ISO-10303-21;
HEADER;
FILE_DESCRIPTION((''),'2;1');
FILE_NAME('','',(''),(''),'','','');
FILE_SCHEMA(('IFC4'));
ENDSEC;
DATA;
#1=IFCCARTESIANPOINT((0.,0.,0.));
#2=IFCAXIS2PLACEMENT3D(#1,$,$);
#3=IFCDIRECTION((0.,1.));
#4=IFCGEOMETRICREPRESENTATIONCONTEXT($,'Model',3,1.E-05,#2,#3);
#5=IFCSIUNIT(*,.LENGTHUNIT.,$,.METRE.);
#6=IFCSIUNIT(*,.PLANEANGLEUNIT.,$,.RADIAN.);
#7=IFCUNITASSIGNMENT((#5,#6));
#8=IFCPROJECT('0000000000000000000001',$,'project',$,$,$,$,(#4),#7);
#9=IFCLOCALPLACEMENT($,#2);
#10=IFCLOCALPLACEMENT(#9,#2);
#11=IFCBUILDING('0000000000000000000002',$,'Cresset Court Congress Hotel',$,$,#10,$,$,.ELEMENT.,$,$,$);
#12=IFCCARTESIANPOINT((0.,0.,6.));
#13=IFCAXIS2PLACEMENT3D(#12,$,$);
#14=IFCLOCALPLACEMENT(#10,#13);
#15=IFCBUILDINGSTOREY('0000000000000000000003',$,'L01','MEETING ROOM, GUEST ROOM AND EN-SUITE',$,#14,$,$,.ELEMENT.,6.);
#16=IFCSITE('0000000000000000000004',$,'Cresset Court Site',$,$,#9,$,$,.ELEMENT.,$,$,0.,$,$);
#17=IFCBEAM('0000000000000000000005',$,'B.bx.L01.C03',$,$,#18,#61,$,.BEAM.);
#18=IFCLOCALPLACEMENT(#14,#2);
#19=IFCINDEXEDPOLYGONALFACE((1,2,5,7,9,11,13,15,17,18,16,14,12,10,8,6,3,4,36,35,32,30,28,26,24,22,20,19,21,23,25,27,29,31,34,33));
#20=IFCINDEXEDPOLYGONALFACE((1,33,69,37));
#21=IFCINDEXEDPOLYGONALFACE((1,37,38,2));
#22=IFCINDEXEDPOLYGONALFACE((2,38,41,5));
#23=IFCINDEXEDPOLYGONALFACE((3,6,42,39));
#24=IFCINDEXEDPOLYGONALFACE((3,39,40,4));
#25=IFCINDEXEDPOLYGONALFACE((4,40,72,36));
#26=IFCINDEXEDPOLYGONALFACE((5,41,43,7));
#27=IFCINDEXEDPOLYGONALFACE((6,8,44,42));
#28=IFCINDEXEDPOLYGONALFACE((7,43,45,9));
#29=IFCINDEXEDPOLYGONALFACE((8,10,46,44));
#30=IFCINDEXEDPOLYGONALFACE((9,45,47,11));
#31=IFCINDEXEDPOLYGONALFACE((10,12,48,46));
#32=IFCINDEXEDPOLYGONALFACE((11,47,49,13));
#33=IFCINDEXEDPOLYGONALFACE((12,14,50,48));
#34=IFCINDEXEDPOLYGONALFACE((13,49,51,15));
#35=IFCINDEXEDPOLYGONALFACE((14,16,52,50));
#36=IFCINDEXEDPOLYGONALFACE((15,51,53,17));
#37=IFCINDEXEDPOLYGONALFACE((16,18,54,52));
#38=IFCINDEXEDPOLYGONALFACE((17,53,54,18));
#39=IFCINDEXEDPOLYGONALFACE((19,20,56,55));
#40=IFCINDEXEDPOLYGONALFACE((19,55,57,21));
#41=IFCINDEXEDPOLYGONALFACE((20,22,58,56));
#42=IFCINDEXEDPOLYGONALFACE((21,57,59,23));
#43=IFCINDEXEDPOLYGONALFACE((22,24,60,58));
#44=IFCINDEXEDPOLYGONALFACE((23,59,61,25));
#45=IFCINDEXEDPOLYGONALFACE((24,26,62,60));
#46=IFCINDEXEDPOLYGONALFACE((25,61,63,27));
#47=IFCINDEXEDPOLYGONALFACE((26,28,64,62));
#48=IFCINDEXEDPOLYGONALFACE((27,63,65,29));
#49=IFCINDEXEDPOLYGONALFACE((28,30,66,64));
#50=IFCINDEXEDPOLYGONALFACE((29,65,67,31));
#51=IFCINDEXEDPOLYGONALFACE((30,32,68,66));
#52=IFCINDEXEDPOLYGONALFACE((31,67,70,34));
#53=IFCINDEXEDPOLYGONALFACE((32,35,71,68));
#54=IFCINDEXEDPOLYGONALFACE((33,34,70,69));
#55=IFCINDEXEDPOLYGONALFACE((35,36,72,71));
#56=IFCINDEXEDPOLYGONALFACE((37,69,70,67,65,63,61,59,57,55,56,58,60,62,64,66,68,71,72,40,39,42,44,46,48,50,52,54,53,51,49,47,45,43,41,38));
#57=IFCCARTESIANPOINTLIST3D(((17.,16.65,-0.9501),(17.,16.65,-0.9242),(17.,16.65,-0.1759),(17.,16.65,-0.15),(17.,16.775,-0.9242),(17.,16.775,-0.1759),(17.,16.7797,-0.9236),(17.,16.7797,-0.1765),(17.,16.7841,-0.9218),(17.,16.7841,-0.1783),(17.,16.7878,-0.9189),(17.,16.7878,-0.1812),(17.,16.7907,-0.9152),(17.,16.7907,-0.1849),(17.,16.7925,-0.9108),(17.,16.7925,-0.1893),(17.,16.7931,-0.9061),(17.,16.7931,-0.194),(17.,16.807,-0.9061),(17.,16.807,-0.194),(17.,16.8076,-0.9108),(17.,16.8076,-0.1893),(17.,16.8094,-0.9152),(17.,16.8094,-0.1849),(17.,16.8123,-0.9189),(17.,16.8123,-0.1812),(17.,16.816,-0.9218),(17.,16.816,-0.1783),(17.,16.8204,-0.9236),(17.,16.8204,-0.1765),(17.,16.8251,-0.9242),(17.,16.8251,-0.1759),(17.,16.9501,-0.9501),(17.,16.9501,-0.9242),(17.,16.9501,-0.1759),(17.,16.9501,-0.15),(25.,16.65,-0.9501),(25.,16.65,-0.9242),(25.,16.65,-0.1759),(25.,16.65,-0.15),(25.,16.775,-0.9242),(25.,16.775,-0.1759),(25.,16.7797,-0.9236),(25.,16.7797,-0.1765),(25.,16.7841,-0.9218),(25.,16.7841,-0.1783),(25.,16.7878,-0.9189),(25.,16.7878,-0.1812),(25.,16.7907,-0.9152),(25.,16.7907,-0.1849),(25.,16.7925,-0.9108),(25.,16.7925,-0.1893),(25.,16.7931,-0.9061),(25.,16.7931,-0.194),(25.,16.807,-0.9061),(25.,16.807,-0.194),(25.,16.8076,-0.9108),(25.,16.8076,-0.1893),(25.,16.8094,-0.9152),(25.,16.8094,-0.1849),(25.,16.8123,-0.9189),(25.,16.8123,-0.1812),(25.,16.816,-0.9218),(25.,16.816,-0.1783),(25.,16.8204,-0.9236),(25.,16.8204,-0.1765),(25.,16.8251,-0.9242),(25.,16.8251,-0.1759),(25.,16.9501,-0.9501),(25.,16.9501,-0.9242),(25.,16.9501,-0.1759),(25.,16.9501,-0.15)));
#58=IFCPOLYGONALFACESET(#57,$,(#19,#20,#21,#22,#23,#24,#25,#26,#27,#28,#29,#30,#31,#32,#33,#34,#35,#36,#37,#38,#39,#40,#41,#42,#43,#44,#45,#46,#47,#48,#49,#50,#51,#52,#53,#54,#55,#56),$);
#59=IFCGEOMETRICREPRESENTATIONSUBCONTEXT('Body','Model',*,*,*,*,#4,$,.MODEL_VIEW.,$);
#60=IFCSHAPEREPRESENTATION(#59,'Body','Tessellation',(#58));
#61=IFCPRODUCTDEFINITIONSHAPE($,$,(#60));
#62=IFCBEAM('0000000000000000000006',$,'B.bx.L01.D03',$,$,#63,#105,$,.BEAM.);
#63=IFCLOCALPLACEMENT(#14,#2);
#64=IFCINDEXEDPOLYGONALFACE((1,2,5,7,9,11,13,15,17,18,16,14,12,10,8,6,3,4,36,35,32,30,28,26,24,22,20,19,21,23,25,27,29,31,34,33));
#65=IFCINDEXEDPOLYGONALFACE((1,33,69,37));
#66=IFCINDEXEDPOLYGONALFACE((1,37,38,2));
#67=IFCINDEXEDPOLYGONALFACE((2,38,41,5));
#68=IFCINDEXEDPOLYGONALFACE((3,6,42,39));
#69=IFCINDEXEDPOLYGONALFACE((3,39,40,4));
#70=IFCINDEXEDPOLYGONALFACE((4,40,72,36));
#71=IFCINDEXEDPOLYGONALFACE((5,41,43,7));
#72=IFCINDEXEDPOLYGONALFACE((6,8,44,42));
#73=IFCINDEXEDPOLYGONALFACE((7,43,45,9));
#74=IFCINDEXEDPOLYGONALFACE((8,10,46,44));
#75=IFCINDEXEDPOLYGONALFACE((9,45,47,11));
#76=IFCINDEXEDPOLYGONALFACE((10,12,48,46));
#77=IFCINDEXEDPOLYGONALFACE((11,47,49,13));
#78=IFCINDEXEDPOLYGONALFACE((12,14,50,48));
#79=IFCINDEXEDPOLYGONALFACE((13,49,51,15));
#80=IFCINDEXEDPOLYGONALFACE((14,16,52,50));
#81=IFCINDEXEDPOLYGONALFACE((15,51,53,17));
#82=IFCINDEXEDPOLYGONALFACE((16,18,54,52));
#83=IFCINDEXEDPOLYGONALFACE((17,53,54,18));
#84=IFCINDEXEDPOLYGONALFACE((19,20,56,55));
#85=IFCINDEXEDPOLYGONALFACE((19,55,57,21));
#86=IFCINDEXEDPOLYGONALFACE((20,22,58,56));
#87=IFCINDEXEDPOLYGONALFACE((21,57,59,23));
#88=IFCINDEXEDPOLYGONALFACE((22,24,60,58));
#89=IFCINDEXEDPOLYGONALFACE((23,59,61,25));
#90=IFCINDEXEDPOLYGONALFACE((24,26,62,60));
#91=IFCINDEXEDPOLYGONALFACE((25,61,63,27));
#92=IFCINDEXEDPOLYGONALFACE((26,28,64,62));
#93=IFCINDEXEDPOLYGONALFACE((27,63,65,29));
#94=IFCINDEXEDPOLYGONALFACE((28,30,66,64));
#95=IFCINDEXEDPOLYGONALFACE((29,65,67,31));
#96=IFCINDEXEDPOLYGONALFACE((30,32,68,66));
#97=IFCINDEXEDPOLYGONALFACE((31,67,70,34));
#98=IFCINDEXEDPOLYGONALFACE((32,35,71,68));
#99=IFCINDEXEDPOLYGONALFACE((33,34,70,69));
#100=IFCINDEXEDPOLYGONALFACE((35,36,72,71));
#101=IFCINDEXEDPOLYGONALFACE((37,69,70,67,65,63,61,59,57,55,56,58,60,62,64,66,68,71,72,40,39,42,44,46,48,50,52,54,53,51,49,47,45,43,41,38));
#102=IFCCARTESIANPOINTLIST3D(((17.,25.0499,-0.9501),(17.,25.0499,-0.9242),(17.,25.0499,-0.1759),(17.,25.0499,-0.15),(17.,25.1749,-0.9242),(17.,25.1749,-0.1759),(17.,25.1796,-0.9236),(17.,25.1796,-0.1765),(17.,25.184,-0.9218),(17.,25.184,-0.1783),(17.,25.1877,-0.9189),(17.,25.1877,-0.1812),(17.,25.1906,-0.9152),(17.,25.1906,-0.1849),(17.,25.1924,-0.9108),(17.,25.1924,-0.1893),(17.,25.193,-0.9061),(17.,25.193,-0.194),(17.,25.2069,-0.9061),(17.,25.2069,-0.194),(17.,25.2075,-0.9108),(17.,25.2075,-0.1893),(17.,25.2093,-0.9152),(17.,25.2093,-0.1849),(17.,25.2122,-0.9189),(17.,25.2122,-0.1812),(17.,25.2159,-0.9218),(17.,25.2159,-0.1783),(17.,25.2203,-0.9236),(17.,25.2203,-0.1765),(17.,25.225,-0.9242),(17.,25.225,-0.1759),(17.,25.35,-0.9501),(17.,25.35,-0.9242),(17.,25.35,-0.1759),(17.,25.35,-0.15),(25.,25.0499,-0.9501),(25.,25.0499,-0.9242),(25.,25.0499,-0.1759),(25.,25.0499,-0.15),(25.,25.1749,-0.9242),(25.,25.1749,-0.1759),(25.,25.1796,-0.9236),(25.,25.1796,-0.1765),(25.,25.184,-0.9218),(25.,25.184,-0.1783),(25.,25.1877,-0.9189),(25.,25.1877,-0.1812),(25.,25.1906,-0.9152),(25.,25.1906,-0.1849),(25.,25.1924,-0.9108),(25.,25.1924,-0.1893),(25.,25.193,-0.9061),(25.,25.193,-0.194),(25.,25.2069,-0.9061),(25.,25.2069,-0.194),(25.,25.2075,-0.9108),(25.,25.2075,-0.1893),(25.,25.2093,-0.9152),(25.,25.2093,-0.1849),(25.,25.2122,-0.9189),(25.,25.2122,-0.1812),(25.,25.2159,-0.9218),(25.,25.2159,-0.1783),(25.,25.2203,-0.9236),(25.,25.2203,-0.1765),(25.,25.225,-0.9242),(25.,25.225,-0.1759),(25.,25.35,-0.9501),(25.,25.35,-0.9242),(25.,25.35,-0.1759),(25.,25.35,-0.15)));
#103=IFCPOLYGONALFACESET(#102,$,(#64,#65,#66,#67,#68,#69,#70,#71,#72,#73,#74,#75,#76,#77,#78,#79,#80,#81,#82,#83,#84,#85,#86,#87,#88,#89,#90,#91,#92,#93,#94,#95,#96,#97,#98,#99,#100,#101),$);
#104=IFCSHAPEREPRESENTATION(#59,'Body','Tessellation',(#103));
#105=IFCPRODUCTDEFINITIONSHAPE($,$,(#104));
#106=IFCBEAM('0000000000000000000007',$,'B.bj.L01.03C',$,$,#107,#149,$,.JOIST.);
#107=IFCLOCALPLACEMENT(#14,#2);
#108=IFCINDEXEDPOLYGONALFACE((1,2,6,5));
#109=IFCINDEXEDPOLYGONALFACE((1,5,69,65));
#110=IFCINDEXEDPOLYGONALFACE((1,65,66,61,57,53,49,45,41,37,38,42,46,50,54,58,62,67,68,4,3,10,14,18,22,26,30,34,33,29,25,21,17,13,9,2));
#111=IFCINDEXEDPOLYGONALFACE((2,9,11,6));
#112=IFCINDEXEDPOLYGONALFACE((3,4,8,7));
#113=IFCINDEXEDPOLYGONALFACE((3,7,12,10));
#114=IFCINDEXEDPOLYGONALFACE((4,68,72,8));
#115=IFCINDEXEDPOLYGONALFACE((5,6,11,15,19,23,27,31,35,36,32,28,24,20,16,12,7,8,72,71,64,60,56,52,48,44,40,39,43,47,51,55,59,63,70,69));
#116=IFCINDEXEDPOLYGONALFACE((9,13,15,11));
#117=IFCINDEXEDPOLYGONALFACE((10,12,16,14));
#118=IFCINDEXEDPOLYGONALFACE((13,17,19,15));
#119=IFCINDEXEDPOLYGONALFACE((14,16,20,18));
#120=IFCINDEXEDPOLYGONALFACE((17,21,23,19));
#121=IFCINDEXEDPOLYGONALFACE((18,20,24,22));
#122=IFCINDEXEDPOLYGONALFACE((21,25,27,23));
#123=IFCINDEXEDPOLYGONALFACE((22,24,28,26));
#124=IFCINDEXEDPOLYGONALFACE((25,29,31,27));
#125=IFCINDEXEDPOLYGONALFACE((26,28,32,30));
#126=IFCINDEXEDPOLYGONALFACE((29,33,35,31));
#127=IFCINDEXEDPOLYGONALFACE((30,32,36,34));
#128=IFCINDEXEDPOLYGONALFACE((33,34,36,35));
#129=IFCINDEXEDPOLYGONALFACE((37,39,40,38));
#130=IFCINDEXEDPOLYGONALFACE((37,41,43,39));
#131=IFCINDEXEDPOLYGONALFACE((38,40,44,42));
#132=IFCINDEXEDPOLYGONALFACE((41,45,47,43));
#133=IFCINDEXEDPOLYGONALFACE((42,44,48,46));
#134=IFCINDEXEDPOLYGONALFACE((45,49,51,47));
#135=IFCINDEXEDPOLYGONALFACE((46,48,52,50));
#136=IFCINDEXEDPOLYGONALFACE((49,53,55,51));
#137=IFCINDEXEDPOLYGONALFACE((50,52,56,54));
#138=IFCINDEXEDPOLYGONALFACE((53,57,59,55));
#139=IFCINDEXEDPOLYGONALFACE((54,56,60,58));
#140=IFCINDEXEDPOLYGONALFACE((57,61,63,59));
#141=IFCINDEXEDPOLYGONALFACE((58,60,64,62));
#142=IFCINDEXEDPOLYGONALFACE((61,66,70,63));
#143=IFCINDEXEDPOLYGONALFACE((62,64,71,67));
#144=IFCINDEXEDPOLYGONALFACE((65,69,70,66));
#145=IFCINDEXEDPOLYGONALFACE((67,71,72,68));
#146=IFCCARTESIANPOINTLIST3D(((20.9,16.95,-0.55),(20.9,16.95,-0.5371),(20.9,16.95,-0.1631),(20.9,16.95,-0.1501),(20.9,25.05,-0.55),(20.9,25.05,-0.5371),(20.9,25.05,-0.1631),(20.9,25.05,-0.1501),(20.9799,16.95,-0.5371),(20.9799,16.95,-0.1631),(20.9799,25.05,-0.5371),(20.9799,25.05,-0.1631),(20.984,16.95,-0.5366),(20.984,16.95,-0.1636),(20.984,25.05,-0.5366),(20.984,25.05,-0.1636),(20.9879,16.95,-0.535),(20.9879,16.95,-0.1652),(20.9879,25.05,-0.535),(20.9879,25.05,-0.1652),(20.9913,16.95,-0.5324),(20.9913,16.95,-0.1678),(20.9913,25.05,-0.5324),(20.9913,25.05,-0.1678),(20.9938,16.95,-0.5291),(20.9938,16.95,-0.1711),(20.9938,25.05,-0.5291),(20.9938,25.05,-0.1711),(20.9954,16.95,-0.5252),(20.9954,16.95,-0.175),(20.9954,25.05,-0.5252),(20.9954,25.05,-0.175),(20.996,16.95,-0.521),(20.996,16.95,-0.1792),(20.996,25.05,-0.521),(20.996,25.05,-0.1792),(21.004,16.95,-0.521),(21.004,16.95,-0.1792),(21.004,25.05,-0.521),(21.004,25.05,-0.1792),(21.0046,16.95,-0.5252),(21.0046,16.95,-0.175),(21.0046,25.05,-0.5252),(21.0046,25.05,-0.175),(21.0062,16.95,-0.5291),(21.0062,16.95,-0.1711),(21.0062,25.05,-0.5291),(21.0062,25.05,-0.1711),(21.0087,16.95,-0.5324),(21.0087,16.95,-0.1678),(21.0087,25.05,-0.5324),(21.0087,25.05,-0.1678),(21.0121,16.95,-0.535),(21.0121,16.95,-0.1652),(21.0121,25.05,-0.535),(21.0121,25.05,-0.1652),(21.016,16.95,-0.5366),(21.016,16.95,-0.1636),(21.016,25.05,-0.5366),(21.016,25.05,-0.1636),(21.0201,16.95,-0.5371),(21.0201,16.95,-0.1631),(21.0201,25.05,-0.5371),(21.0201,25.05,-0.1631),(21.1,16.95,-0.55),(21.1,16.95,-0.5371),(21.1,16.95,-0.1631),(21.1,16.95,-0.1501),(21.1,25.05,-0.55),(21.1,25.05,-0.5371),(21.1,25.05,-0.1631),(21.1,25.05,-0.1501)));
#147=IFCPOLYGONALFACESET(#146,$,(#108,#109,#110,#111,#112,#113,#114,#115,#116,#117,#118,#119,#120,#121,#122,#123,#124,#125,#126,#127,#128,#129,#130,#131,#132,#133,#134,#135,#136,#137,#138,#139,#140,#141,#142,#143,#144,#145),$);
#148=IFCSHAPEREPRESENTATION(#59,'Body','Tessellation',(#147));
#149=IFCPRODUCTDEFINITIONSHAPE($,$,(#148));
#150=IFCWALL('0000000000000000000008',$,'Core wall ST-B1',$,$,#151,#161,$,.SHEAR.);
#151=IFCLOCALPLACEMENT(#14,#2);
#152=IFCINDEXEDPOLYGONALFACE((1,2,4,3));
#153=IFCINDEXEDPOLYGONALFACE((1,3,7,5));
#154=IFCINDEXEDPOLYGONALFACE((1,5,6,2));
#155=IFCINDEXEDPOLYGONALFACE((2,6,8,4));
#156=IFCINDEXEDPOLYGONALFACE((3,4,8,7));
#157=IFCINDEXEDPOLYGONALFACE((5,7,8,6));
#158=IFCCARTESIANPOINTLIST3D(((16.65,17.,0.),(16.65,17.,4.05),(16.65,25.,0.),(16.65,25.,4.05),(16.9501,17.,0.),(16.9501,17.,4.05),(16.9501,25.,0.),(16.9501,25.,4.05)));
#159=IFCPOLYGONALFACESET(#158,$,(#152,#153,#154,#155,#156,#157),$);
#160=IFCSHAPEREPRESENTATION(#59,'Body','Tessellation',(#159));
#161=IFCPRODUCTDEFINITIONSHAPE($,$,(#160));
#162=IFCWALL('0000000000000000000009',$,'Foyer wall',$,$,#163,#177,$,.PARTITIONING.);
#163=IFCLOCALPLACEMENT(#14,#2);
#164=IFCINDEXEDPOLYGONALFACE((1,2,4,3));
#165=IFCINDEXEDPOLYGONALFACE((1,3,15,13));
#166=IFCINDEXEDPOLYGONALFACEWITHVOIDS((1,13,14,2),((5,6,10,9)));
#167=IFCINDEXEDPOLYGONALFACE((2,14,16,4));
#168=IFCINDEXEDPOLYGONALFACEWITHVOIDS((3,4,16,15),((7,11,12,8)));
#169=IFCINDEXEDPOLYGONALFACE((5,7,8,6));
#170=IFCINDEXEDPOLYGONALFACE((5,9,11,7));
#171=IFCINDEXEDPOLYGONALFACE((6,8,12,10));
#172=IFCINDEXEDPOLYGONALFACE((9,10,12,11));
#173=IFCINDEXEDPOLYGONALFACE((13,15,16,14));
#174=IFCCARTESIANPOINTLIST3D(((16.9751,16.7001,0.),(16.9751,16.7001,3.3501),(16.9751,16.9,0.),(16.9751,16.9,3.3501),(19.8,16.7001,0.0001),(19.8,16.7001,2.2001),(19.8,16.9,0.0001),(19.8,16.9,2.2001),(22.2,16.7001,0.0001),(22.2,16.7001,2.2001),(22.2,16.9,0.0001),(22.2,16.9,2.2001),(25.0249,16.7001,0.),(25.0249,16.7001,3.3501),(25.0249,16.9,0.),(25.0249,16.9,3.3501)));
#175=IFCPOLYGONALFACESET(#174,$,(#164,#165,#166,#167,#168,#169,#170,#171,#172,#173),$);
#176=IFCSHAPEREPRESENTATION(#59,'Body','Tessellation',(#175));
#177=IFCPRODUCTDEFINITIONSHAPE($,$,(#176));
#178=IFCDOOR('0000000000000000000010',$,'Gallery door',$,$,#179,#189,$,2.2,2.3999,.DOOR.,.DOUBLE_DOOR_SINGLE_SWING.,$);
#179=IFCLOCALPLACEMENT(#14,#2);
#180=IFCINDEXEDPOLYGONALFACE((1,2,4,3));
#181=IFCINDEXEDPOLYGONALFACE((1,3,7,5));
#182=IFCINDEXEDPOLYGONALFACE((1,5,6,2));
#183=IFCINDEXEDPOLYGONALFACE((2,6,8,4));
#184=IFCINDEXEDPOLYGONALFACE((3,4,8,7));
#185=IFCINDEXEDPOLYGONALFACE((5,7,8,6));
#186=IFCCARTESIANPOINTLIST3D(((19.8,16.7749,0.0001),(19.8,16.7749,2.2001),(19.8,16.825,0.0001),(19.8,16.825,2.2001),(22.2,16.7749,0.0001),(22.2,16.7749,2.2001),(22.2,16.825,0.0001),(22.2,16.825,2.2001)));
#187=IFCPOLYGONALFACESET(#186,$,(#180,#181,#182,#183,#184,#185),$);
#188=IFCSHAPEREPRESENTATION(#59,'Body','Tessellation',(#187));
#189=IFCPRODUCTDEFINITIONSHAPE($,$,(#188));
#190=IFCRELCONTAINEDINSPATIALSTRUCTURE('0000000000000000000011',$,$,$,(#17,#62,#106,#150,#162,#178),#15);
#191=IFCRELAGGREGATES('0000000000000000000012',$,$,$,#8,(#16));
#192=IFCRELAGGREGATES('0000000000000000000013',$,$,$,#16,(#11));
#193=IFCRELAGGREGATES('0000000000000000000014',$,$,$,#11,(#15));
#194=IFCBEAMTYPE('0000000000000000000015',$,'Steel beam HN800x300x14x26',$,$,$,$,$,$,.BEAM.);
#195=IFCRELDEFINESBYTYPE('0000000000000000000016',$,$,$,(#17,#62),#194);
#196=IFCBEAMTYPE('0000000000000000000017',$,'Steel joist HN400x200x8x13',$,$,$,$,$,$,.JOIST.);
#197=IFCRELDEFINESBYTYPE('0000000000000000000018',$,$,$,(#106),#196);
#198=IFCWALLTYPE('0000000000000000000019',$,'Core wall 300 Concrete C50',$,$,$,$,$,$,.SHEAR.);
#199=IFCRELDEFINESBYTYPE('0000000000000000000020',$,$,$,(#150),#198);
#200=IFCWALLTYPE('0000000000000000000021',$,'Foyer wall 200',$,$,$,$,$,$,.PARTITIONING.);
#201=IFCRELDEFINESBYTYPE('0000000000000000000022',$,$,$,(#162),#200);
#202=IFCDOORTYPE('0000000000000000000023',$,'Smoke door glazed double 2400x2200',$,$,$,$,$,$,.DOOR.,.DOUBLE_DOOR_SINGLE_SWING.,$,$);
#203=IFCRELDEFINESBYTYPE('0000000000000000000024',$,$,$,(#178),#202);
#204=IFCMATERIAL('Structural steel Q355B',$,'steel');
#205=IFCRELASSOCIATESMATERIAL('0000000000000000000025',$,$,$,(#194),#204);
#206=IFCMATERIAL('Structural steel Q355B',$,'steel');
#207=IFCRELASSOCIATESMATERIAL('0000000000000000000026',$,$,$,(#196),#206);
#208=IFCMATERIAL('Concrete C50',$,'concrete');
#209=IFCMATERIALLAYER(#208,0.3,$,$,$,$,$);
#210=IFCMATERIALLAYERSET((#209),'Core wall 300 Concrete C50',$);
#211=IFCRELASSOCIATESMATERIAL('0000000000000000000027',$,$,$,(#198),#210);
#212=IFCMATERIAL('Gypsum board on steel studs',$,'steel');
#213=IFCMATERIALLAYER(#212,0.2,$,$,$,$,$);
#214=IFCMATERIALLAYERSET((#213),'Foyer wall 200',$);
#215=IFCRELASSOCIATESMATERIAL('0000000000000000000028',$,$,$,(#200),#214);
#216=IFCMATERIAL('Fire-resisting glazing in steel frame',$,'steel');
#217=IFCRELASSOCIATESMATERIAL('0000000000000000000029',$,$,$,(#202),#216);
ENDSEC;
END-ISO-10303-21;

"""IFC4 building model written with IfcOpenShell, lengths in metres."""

from ifc_helpers import new_model, si_unit, direction, frame, frame_2d, origin, origin_2d, place, context, subcontext, project, spatial, rectangle, i_section, extrude, material, layer, layer_set, material_profile, profile_set, type_object, element, fill, save


model = new_model("IFC4")

# Units and contexts
model_context = context("Model", 3, precision=1e-05, world=origin(), true_north=direction((0.0, 1.0)))
body_context = subcontext(model_context, "Body", "Model", "MODEL_VIEW")
ifc_project = project(units=[si_unit("LENGTHUNIT", "METRE"), si_unit("PLANEANGLEUNIT", "RADIAN")], contexts=[model_context])

# Site, building, storey
site_placement = place(None, origin())
site = spatial("IfcSite", under=ifc_project, at=site_placement, Name="Cresset Court Site", CompositionType="ELEMENT", RefElevation=0.0)
building_placement = place(site_placement, origin())
building = spatial("IfcBuilding", under=site, at=building_placement, Name="Cresset Court Congress Hotel", CompositionType="ELEMENT")
storey_placement = place(building_placement, frame((0.0, 0.0, 6.0)))
storey = spatial("IfcBuildingStorey", under=building, at=storey_placement, Name="L01", Description="MEETING ROOM, GUEST ROOM AND EN-SUITE", CompositionType="ELEMENT", Elevation=6.0)

# Beams
ifc_material_1 = material(Name="Structural steel Q355B", Category="steel")
ifc_material_profile_1 = material_profile(ifc_material_1, i_section(OverallWidth=0.3, OverallDepth=0.8, WebThickness=0.0139, FlangeThickness=0.0259, FilletRadius=0.0181, at=origin_2d()), Name="HN800x300x14x26")
ifc_profile_set_1 = profile_set([ifc_material_profile_1], Name="Structural steel Q355B")
beam_type_1 = type_object("IfcBeamType", Name="Steel beam HN800x300x14x26", PredefinedType="BEAM", material=ifc_profile_set_1)
for number, where, z_axis, x_axis, name in (
    (1, (17.0, 16.8, -0.55), (1.0, 0.0, 0.0), (0.0, 1.0, 0.0), "B.bx.L01.C03"),
    (2, (17.0, 25.2, -0.55), (1.0, 0.0, 0.0), (0.0, 1.0, 0.0), "B.bx.L01.D03"),
):
    element("IfcBeam", number, at=place(storey_placement, frame(where, z_axis=z_axis, x_axis=x_axis)), inside=storey, type_object=beam_type_1, Name=name, PredefinedType="BEAM", context=body_context, shape_type="SweptSolid", body=[
        extrude(i_section(OverallWidth=0.3, OverallDepth=0.8, WebThickness=0.0139, FlangeThickness=0.0259, FilletRadius=0.0181, at=origin_2d()), origin(), (0.0, 0.0, 1.0), 8.0),
    ])
ifc_material_2 = material(Name="Structural steel Q355B", Category="steel")
ifc_material_profile_2 = material_profile(ifc_material_2, i_section(OverallWidth=0.2, OverallDepth=0.3999, WebThickness=0.0081, FlangeThickness=0.0129, FilletRadius=0.0161, at=origin_2d()), Name="HN400x200x8x13")
ifc_profile_set_2 = profile_set([ifc_material_profile_2], Name="Structural steel Q355B")
beam_type_2 = type_object("IfcBeamType", Name="Steel joist HN400x200x8x13", PredefinedType="JOIST", material=ifc_profile_set_2)
beam_1_placement = place(storey_placement, frame((21.0, 16.95, -0.3501), z_axis=(0.0, 1.0, 0.0), x_axis=(-1.0, 0.0, 0.0)))
element("IfcBeam", 3, at=beam_1_placement, inside=storey, type_object=beam_type_2, Name="B.bj.L01.03C", PredefinedType="JOIST", context=body_context, shape_type="SweptSolid", body=[
    extrude(i_section(OverallWidth=0.2, OverallDepth=0.3999, WebThickness=0.0081, FlangeThickness=0.0129, FilletRadius=0.0161, at=origin_2d()), origin(), (0.0, 0.0, 1.0), 8.1001),
])

# Wall
ifc_material_3 = material(Name="Concrete C50", Category="concrete")
ifc_layer_1 = layer(ifc_material_3, 0.3)
ifc_layer_set_1 = layer_set([ifc_layer_1], Name="Core wall 300 Concrete C50")
wall_type_1 = type_object("IfcWallType", Name="Core wall 300 Concrete C50", PredefinedType="SHEAR", material=ifc_layer_set_1)
wall_1_placement = place(storey_placement, frame((16.8, 17.0, 0.0), z_axis=(0.0, 0.0, 1.0), x_axis=(0.0, 1.0, 0.0)))
element("IfcWall", 4, at=wall_1_placement, inside=storey, type_object=wall_type_1, Name="Core wall ST-B1", PredefinedType="SHEAR", context=body_context, shape_type="SweptSolid", body=[
    extrude(rectangle(XDim=8.0, YDim=0.3, at=frame_2d((4.0, 0.0))), origin(), (0.0, 0.0, 1.0), 4.05),
])

# Wall, opening, door
ifc_material_4 = material(Name="Gypsum board on steel studs", Category="steel")
ifc_layer_2 = layer(ifc_material_4, 0.2)
ifc_layer_set_2 = layer_set([ifc_layer_2], Name="Foyer wall 200")
wall_type_2 = type_object("IfcWallType", Name="Foyer wall 200", PredefinedType="PARTITIONING", material=ifc_layer_set_2)
wall_2_placement = place(storey_placement, frame((16.9751, 16.8, 0.0), z_axis=(0.0, 0.0, 1.0), x_axis=(1.0, 0.0, 0.0)))
wall_2 = element("IfcWall", 5, at=wall_2_placement, inside=storey, type_object=wall_type_2, Name="Foyer wall", PredefinedType="PARTITIONING", context=body_context, shape_type="SweptSolid", body=[
    extrude(rectangle(XDim=8.0498, YDim=0.2, at=frame_2d((4.0249, 0.0))), origin(), (0.0, 0.0, 1.0), 3.3501),
])
opening_1_placement = place(wall_2_placement, frame((2.825, 0.0, 0.0)))
opening_1 = element("IfcOpeningElement", 6, at=opening_1_placement, cuts=wall_2, PredefinedType="OPENING", context=body_context, shape_type="SweptSolid", body=[
    extrude(rectangle(XDim=2.3999, YDim=2.2, at=frame_2d((1.2, 1.1001))), frame((0.0, 0.1099, 0.0), z_axis=(0.0, -1.0, 0.0), x_axis=(1.0, 0.0, 0.0)), (0.0, 0.0, 1.0), 0.22),
])
ifc_material_5 = material(Name="Fire-resisting glazing in steel frame", Category="steel")
door_type_1 = type_object("IfcDoorType", Name="Smoke door glazed double 2400x2200", OperationType="DOUBLE_DOOR_SINGLE_SWING", PredefinedType="DOOR", material=ifc_material_5)
door_1_placement = place(opening_1_placement, origin())
door_1 = element("IfcDoor", 7, at=door_1_placement, inside=storey, type_object=door_type_1, Name="Gallery door", OperationType="DOUBLE_DOOR_SINGLE_SWING", OverallHeight=2.2, OverallWidth=2.3999, PredefinedType="DOOR", context=body_context, shape_type="SweptSolid", body=[
    extrude(rectangle(XDim=2.3999, YDim=2.2, at=frame_2d((1.2, 1.1001))), frame((0.0, 0.0249, 0.0), z_axis=(0.0, -1.0, 0.0), x_axis=(1.0, 0.0, 0.0)), (0.0, 0.0, 1.0), 0.05),
])
fill(opening_1, door_1)

save(model, "model.ifc")
